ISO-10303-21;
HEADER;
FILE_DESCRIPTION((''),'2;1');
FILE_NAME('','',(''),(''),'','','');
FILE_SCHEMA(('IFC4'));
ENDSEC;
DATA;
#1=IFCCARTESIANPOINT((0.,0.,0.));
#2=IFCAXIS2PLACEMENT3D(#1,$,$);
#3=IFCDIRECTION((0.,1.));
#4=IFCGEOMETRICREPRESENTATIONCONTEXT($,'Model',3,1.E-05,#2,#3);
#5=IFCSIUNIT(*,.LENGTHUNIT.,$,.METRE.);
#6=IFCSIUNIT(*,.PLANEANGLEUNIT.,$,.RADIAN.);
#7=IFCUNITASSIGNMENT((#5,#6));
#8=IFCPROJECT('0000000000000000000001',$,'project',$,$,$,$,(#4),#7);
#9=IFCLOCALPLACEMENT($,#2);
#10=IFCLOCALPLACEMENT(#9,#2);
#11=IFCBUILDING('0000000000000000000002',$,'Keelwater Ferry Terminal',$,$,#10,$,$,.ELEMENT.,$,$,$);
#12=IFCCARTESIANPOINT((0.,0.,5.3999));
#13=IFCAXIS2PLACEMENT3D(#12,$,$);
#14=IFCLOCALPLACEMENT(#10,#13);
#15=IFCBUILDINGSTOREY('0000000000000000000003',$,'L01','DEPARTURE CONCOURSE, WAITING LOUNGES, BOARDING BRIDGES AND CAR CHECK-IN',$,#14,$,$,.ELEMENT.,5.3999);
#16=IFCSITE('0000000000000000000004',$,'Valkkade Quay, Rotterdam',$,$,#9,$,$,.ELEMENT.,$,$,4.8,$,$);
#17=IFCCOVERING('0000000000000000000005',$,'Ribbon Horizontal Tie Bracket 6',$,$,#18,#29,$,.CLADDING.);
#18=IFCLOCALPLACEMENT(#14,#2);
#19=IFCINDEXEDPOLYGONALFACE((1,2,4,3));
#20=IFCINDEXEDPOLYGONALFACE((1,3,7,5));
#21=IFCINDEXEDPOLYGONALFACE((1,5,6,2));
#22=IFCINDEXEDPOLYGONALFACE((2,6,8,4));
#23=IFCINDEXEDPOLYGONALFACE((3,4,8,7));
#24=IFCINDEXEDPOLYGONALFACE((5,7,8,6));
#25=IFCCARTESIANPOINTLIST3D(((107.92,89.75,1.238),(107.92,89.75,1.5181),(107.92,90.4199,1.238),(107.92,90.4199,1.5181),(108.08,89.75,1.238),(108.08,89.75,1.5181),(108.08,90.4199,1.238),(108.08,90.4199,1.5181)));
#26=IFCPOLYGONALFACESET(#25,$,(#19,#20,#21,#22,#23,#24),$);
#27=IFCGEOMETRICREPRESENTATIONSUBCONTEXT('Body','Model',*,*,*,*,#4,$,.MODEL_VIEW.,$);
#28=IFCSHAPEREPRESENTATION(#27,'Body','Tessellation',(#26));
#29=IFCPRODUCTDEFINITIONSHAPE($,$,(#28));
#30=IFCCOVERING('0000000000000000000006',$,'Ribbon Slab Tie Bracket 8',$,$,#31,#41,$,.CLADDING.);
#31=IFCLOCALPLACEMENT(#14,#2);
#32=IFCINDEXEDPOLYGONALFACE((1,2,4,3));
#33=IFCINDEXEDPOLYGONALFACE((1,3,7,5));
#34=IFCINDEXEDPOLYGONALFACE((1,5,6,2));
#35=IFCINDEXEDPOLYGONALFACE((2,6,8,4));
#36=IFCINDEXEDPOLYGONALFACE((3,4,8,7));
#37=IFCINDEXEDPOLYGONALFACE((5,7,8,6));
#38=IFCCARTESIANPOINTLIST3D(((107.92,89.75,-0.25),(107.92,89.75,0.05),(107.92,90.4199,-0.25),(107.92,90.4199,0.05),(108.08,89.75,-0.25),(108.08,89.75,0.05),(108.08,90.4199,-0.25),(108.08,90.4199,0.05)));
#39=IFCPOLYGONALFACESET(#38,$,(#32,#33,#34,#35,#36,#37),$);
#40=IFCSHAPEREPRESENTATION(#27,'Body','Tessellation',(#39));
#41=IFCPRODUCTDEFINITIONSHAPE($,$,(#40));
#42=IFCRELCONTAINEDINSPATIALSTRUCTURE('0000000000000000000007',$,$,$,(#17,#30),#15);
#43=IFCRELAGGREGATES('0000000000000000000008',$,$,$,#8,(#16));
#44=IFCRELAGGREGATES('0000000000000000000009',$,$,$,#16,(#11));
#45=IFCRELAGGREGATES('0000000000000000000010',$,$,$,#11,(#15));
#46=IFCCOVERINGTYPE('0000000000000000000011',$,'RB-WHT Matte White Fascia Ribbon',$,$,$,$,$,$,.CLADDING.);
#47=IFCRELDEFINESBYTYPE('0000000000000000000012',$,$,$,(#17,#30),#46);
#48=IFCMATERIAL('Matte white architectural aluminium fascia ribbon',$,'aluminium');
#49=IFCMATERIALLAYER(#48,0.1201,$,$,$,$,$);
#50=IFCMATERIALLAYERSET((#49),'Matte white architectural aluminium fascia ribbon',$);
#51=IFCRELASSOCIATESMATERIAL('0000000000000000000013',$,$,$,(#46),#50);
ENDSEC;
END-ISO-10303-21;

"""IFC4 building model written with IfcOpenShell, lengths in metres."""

from ifc_helpers import new_model, si_unit, direction, frame, frame_2d, origin, place, context, subcontext, project, spatial, rectangle, extrude, material, layer, layer_set, type_object, element, save


model = new_model("IFC4")

# Units and contexts
model_context = context("Model", 3, precision=1e-05, world=origin(), true_north=direction((0.0, 1.0)))
body_context = subcontext(model_context, "Body", "Model", "MODEL_VIEW")
ifc_project = project(units=[si_unit("LENGTHUNIT", "METRE"), si_unit("PLANEANGLEUNIT", "RADIAN")], contexts=[model_context])

# Site, building, storey
site_placement = place(None, origin())
site = spatial("IfcSite", under=ifc_project, at=site_placement, Name="Valkkade Quay, Rotterdam", CompositionType="ELEMENT", RefElevation=4.8)
building_placement = place(site_placement, origin())
building = spatial("IfcBuilding", under=site, at=building_placement, Name="Keelwater Ferry Terminal", CompositionType="ELEMENT")
storey_placement = place(building_placement, frame((0.0, 0.0, 5.3999)))
storey = spatial("IfcBuildingStorey", under=building, at=storey_placement, Name="L01", Description="DEPARTURE CONCOURSE, WAITING LOUNGES, BOARDING BRIDGES AND CAR CHECK-IN", CompositionType="ELEMENT", Elevation=5.3999)

# Coverings
ifc_material_1 = material(Name="Matte white architectural aluminium fascia ribbon", Category="aluminium")
ifc_layer_1 = layer(ifc_material_1, 0.1201)
ifc_layer_set_1 = layer_set([ifc_layer_1], Name="Matte white architectural aluminium fascia ribbon")
covering_type = type_object("IfcCoveringType", Name="RB-WHT Matte White Fascia Ribbon", PredefinedType="CLADDING", material=ifc_layer_set_1)
covering_1_placement = place(storey_placement, frame((108.0, 90.4199, 1.238), z_axis=(0.0, 0.0, 1.0), x_axis=(0.0, -1.0, 0.0)))
element("IfcCovering", 1, at=covering_1_placement, inside=storey, type_object=covering_type, Name="Ribbon Horizontal Tie Bracket 6", PredefinedType="CLADDING", context=body_context, shape_type="SweptSolid", body=[
    extrude(rectangle(XDim=0.6699, YDim=0.1599, at=frame_2d((0.335, 0.0))), origin(), (0.0, 0.0, 1.0), 0.28),
])
covering_2_placement = place(storey_placement, frame((108.0, 90.4199, -0.25), z_axis=(0.0, 0.0, 1.0), x_axis=(0.0, -1.0, 0.0)))
element("IfcCovering", 2, at=covering_2_placement, inside=storey, type_object=covering_type, Name="Ribbon Slab Tie Bracket 8", PredefinedType="CLADDING", context=body_context, shape_type="SweptSolid", body=[
    extrude(rectangle(XDim=0.6699, YDim=0.1599, at=frame_2d((0.335, 0.0))), origin(), (0.0, 0.0, 1.0), 0.3),
])

save(model, "model.ifc")
